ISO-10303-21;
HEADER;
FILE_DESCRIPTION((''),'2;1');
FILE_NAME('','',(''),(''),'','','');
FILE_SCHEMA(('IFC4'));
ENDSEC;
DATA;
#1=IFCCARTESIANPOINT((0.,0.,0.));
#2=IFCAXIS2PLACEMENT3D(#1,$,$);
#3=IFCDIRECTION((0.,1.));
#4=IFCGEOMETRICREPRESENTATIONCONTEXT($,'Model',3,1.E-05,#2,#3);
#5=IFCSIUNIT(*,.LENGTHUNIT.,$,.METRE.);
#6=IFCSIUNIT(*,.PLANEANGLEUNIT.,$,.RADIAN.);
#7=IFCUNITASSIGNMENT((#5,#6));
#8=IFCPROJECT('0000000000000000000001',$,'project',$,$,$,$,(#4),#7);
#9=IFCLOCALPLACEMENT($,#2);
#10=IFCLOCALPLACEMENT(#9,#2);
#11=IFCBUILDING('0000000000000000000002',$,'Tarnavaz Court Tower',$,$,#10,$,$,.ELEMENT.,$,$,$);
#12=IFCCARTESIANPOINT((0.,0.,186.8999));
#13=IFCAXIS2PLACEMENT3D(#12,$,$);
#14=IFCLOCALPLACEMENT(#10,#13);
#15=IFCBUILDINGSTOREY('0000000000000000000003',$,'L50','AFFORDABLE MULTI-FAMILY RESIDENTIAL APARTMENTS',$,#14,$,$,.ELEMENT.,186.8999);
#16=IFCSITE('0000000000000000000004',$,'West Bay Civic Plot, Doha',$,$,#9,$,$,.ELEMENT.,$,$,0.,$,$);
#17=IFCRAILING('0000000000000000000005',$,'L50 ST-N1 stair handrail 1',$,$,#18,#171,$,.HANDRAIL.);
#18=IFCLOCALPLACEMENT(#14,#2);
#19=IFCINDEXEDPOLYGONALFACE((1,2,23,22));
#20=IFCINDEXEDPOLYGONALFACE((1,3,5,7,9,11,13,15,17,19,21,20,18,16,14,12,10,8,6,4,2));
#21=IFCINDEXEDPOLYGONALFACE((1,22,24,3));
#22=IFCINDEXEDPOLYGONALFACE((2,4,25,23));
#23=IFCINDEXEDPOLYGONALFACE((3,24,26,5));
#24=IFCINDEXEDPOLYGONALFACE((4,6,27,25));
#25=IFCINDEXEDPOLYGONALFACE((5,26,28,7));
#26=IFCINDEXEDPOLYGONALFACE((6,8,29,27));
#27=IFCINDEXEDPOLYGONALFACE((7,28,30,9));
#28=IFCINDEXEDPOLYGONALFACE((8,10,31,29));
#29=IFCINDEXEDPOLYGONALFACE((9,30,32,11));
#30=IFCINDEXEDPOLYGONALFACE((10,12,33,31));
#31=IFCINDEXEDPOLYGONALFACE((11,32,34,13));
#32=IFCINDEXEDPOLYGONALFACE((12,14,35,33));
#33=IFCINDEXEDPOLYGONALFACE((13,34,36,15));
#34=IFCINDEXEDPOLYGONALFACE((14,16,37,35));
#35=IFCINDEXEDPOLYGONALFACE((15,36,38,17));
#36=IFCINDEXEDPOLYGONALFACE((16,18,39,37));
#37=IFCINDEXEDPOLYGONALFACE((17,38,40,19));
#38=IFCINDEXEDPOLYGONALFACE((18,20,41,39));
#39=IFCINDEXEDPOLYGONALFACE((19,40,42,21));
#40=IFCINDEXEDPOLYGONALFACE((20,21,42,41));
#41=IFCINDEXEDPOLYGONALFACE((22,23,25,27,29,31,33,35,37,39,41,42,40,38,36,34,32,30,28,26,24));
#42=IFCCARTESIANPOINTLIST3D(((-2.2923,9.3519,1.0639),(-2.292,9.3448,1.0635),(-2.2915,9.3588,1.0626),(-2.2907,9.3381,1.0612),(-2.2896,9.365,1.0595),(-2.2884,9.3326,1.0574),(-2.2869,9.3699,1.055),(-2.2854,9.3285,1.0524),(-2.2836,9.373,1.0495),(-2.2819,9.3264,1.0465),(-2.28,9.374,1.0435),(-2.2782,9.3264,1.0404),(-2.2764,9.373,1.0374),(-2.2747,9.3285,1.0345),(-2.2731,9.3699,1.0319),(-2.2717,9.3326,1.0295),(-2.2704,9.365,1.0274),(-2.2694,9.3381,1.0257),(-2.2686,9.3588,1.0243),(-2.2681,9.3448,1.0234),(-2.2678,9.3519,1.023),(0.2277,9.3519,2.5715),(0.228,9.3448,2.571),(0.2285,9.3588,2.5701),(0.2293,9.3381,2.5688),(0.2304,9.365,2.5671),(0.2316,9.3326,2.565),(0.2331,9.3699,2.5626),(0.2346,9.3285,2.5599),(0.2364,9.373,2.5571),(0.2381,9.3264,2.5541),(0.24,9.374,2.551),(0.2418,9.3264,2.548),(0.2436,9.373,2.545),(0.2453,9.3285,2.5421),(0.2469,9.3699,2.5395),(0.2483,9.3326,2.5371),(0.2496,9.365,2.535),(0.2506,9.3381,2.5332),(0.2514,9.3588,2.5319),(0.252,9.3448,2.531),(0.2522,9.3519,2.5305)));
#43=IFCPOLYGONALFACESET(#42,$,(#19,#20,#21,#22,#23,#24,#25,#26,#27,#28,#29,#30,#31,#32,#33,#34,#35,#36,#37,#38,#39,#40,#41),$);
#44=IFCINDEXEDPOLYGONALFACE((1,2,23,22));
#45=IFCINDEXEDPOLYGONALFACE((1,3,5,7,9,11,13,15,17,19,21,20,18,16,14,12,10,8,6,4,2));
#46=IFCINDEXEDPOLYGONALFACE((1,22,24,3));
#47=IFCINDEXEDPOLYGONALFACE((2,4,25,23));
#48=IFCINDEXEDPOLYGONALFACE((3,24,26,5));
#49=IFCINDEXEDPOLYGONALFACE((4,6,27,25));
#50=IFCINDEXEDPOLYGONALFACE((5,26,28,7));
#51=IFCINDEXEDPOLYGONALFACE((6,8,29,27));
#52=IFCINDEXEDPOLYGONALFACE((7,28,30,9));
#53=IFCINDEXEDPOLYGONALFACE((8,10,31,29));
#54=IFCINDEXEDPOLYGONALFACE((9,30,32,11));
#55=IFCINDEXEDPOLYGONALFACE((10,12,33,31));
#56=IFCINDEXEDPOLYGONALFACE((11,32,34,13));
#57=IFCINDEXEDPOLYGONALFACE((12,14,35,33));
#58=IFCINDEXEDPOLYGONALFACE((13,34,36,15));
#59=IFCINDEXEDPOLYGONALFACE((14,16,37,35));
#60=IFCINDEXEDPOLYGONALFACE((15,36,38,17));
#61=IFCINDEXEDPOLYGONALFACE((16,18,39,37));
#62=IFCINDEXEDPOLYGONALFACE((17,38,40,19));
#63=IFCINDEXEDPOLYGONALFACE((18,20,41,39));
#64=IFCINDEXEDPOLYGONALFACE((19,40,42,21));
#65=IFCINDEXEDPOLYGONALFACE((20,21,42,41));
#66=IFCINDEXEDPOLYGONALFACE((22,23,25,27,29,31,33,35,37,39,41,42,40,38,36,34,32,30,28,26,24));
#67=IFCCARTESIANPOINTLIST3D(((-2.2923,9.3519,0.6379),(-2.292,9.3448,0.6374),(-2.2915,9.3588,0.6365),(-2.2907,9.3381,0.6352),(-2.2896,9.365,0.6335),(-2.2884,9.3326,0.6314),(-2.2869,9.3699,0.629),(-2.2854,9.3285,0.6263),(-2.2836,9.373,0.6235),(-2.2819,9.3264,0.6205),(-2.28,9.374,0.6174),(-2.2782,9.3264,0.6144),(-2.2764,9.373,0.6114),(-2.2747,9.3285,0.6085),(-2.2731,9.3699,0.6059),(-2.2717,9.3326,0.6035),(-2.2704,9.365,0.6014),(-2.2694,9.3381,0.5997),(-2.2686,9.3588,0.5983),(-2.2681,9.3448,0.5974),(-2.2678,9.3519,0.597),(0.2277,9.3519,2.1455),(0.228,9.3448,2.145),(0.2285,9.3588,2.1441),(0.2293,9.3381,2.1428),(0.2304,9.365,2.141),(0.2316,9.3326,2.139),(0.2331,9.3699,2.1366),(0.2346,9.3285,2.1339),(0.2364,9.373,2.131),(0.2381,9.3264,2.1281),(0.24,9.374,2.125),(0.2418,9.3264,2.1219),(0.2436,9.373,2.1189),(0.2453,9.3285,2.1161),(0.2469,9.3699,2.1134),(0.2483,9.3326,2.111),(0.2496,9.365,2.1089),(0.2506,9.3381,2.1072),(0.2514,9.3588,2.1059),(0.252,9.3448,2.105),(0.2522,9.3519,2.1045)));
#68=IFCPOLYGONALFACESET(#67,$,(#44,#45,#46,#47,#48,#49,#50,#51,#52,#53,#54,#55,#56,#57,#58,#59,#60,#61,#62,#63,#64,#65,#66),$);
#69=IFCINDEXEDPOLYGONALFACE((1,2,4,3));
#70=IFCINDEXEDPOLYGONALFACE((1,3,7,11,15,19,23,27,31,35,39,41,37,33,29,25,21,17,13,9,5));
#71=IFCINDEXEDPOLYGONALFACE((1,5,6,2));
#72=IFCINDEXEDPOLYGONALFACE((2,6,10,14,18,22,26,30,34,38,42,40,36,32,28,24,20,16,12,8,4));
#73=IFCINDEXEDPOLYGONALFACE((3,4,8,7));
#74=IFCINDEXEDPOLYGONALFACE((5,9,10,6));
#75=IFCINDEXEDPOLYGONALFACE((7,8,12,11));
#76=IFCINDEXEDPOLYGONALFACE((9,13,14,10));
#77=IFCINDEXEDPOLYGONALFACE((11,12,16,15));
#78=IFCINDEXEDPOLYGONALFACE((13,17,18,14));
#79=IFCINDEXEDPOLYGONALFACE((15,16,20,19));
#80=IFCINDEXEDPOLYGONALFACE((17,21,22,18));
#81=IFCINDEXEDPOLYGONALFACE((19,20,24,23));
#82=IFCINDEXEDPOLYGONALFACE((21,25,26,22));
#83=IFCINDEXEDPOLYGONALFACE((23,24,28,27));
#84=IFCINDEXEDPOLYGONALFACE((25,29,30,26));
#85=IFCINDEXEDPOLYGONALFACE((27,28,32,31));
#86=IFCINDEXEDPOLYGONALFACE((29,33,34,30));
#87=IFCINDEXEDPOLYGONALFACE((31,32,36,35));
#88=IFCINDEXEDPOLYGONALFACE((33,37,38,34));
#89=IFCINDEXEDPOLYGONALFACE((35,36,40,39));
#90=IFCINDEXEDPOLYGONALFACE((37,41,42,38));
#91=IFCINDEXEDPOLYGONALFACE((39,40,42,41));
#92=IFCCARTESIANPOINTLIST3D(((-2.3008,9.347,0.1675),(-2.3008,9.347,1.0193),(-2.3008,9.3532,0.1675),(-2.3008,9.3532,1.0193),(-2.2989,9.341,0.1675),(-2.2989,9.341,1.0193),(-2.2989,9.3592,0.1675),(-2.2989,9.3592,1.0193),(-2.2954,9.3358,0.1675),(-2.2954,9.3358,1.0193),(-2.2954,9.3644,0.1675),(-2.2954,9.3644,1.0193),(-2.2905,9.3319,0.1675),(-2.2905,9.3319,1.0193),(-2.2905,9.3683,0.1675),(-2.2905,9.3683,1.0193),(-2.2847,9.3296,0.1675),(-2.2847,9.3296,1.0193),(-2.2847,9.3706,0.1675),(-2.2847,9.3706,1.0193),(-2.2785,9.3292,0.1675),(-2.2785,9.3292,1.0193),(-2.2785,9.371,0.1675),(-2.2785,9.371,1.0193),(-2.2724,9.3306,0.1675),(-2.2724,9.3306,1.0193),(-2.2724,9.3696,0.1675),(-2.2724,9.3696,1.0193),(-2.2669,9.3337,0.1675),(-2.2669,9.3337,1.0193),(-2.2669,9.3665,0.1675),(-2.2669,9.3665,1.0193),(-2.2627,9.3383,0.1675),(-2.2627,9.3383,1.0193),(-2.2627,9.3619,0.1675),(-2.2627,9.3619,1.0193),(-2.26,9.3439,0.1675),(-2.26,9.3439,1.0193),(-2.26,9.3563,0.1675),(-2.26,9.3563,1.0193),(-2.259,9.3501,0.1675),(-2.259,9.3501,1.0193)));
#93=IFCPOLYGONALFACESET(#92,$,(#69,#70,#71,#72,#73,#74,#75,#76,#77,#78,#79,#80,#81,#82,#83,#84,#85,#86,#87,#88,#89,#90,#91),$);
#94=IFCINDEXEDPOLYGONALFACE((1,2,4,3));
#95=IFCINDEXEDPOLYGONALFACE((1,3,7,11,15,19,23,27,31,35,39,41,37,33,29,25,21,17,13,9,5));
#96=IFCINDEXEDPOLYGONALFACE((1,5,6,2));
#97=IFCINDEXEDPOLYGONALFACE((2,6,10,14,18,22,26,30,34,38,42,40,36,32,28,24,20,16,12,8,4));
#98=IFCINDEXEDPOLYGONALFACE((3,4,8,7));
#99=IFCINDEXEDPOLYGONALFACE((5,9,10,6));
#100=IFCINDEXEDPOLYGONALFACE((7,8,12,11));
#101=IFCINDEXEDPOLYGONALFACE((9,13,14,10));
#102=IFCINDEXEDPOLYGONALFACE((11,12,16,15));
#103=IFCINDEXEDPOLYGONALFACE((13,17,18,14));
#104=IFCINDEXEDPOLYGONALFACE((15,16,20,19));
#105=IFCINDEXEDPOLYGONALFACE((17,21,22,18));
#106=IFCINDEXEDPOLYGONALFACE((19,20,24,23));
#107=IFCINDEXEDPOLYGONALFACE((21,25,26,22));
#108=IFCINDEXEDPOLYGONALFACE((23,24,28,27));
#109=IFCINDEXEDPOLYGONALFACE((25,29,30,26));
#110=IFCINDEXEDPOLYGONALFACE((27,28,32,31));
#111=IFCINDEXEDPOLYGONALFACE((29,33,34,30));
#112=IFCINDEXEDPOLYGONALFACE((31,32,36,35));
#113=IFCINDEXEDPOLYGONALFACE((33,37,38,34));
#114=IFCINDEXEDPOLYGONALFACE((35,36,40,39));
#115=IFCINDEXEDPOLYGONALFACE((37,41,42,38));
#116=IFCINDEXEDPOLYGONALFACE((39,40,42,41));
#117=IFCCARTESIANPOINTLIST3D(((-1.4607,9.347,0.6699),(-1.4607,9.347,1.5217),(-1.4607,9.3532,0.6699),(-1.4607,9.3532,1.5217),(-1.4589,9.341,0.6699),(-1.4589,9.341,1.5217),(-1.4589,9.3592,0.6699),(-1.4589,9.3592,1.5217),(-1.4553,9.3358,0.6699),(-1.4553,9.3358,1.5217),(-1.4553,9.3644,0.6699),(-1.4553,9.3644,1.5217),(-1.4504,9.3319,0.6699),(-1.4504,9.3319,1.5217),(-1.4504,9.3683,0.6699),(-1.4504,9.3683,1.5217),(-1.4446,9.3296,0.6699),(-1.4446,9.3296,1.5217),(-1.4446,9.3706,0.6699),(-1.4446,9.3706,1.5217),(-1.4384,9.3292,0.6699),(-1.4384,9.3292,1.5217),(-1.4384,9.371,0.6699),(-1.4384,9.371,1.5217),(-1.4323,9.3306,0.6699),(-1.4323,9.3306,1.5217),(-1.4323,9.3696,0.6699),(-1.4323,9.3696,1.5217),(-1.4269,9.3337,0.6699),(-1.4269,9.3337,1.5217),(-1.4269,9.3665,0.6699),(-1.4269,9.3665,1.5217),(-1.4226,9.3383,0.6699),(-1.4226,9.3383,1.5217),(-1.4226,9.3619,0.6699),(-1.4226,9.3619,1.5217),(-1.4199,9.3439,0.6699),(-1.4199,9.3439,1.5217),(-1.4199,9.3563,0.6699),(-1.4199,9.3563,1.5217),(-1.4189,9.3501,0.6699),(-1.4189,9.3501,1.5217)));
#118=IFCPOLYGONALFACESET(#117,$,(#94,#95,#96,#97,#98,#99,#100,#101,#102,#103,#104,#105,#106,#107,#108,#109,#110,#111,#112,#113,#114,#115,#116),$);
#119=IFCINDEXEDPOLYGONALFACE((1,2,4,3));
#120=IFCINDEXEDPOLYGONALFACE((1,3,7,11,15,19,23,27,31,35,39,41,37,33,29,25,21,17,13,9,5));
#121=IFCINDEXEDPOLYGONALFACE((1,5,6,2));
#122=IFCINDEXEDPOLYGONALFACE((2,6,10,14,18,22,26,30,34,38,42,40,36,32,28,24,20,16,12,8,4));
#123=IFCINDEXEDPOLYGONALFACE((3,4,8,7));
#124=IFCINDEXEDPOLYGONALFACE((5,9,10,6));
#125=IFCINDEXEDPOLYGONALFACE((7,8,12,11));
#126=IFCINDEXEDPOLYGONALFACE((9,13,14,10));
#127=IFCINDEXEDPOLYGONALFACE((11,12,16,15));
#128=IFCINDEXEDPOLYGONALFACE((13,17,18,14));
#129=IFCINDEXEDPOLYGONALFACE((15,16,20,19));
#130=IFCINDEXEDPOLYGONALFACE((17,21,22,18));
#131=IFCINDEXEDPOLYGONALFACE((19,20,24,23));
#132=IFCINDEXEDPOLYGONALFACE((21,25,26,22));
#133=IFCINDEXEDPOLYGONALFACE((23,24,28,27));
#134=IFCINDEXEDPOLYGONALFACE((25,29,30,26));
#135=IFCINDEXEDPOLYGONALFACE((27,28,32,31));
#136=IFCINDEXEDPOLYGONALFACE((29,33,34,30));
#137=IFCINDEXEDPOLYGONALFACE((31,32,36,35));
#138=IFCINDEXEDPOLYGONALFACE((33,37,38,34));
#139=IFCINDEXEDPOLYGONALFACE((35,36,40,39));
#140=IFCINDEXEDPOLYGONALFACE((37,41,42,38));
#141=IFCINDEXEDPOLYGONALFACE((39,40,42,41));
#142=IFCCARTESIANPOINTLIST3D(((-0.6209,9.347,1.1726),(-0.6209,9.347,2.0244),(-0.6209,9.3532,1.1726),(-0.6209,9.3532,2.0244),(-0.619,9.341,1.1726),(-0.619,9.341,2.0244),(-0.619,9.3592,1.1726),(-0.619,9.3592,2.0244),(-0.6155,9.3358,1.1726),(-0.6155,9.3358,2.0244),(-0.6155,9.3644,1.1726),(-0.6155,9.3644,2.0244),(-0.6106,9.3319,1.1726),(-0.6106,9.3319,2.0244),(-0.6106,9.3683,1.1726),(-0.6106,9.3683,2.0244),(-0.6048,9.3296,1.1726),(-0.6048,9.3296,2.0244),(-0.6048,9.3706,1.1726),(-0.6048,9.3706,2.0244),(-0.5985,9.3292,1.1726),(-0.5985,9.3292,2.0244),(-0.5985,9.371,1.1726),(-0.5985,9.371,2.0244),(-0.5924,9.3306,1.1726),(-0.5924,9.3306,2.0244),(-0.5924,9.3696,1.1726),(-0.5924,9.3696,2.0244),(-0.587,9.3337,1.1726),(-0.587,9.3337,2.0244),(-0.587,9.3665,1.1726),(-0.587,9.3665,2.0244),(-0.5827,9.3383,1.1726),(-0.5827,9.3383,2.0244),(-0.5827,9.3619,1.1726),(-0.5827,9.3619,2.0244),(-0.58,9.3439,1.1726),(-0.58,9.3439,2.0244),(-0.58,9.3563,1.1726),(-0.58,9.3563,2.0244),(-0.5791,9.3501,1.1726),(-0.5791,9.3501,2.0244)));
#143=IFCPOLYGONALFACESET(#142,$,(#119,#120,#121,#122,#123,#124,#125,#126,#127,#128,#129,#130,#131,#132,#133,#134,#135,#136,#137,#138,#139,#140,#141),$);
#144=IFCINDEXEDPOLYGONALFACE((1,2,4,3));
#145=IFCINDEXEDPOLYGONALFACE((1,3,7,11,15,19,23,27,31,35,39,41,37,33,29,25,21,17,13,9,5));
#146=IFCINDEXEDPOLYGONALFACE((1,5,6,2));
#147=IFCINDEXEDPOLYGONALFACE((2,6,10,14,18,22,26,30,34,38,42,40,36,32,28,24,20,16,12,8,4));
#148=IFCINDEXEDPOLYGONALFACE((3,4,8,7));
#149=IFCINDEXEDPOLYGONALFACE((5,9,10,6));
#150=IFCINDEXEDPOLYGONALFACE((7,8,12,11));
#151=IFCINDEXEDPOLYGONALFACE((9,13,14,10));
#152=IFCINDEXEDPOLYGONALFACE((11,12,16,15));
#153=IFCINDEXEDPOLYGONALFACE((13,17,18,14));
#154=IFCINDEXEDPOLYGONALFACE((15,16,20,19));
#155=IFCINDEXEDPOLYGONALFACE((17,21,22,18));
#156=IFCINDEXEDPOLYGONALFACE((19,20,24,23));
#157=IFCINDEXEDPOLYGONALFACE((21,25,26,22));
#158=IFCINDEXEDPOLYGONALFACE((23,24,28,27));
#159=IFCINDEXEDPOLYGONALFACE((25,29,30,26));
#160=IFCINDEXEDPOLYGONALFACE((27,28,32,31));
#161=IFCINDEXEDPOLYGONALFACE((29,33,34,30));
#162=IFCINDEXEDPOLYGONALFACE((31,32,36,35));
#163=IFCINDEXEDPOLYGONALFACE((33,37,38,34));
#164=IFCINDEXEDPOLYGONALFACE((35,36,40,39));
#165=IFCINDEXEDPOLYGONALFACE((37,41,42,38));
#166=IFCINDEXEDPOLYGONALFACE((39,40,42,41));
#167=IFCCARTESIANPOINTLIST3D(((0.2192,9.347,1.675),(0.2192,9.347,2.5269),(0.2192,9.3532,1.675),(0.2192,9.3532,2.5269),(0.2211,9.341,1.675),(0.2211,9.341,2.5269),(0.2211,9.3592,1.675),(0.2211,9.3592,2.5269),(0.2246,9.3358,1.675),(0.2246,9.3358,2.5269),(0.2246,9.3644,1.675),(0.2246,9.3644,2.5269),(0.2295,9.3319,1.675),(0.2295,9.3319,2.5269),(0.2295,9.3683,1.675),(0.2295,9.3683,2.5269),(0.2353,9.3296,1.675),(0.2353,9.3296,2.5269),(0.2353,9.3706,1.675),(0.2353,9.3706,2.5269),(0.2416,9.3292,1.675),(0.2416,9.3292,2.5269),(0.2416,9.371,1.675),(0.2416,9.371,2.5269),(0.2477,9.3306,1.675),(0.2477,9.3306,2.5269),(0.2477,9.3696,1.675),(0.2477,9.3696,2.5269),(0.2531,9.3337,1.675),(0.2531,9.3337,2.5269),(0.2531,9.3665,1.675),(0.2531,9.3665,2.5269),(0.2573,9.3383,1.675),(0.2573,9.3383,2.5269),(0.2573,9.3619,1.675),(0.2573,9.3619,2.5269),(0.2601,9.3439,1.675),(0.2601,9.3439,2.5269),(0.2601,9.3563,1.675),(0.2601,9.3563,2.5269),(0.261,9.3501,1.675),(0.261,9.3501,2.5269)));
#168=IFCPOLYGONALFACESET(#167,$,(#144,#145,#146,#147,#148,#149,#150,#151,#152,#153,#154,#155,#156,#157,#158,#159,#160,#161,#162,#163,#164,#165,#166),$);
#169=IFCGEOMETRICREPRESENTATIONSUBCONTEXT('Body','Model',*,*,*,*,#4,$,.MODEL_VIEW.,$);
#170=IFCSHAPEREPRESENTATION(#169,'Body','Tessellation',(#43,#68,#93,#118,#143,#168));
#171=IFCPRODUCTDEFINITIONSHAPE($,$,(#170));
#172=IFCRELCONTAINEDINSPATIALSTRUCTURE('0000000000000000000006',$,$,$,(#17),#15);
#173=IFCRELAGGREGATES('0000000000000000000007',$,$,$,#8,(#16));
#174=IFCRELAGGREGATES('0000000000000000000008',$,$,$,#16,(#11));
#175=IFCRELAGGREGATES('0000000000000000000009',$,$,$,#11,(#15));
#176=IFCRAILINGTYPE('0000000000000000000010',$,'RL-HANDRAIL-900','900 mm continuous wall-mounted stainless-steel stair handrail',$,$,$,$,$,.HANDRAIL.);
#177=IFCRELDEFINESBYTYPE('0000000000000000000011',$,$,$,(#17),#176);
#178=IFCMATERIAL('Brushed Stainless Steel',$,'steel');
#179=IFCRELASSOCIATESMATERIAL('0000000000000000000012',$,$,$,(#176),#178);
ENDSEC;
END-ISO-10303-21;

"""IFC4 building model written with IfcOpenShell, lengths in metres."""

from ifc_helpers import new_model, si_unit, direction, frame, origin, origin_2d, place, context, subcontext, project, spatial, circle, extrude, material, type_object, element, save


model = new_model("IFC4")

# Units and contexts
model_context = context("Model", 3, precision=1e-05, world=origin(), true_north=direction((0.0, 1.0)))
body_context = subcontext(model_context, "Body", "Model", "MODEL_VIEW")
ifc_project = project(units=[si_unit("LENGTHUNIT", "METRE"), si_unit("PLANEANGLEUNIT", "RADIAN")], contexts=[model_context])

# Site, building, storey
site_placement = place(None, origin())
site = spatial("IfcSite", under=ifc_project, at=site_placement, Name="West Bay Civic Plot, Doha", CompositionType="ELEMENT", RefElevation=0.0)
building_placement = place(site_placement, origin())
building = spatial("IfcBuilding", under=site, at=building_placement, Name="Tarnavaz Court Tower", CompositionType="ELEMENT")
storey_placement = place(building_placement, frame((0.0, 0.0, 186.8999)))
storey = spatial("IfcBuildingStorey", under=building, at=storey_placement, Name="L50", Description="AFFORDABLE MULTI-FAMILY RESIDENTIAL APARTMENTS", CompositionType="ELEMENT", Elevation=186.8999)

# Railing
ifc_material_1 = material(Name="Brushed Stainless Steel", Category="steel")
railing_type_1 = type_object("IfcRailingType", Name="RL-HANDRAIL-900", Description="900 mm continuous wall-mounted stainless-steel stair handrail", PredefinedType="HANDRAIL", material=ifc_material_1)
railing_1_placement = place(storey_placement, frame((-2.28, 9.3501, 0.1675)))
element("IfcRailing", 1, at=railing_1_placement, inside=storey, type_object=railing_type_1, Name="L50 ST-N1 stair handrail 1", PredefinedType="HANDRAIL", context=body_context, shape_type="SweptSolid", body=[
    extrude(circle(Radius=0.0239, at=origin_2d()), frame((0.0, 0.0, 0.876), z_axis=(0.85816, 0.0, 0.513383), x_axis=(0.0, 1.0, 0.0)), (0.0, 0.0, 1.0), 2.9365),
    extrude(circle(Radius=0.0239, at=origin_2d()), frame((0.0, 0.0, 0.45), z_axis=(0.85816, 0.0, 0.513383), x_axis=(0.0, 1.0, 0.0)), (0.0, 0.0, 1.0), 2.9365),
    extrude(circle(Radius=0.021, at=origin_2d()), origin(), (0.0, 0.0, 1.0), 0.8518),
    extrude(circle(Radius=0.021, at=origin_2d()), frame((0.8401, 0.0, 0.5024)), (0.0, 0.0, 1.0), 0.8518),
    extrude(circle(Radius=0.021, at=origin_2d()), frame((1.6799, 0.0, 1.0051)), (0.0, 0.0, 1.0), 0.8518),
    extrude(circle(Radius=0.021, at=origin_2d()), frame((2.52, 0.0, 1.5076)), (0.0, 0.0, 1.0), 0.8518),
])

save(model, "model.ifc")
